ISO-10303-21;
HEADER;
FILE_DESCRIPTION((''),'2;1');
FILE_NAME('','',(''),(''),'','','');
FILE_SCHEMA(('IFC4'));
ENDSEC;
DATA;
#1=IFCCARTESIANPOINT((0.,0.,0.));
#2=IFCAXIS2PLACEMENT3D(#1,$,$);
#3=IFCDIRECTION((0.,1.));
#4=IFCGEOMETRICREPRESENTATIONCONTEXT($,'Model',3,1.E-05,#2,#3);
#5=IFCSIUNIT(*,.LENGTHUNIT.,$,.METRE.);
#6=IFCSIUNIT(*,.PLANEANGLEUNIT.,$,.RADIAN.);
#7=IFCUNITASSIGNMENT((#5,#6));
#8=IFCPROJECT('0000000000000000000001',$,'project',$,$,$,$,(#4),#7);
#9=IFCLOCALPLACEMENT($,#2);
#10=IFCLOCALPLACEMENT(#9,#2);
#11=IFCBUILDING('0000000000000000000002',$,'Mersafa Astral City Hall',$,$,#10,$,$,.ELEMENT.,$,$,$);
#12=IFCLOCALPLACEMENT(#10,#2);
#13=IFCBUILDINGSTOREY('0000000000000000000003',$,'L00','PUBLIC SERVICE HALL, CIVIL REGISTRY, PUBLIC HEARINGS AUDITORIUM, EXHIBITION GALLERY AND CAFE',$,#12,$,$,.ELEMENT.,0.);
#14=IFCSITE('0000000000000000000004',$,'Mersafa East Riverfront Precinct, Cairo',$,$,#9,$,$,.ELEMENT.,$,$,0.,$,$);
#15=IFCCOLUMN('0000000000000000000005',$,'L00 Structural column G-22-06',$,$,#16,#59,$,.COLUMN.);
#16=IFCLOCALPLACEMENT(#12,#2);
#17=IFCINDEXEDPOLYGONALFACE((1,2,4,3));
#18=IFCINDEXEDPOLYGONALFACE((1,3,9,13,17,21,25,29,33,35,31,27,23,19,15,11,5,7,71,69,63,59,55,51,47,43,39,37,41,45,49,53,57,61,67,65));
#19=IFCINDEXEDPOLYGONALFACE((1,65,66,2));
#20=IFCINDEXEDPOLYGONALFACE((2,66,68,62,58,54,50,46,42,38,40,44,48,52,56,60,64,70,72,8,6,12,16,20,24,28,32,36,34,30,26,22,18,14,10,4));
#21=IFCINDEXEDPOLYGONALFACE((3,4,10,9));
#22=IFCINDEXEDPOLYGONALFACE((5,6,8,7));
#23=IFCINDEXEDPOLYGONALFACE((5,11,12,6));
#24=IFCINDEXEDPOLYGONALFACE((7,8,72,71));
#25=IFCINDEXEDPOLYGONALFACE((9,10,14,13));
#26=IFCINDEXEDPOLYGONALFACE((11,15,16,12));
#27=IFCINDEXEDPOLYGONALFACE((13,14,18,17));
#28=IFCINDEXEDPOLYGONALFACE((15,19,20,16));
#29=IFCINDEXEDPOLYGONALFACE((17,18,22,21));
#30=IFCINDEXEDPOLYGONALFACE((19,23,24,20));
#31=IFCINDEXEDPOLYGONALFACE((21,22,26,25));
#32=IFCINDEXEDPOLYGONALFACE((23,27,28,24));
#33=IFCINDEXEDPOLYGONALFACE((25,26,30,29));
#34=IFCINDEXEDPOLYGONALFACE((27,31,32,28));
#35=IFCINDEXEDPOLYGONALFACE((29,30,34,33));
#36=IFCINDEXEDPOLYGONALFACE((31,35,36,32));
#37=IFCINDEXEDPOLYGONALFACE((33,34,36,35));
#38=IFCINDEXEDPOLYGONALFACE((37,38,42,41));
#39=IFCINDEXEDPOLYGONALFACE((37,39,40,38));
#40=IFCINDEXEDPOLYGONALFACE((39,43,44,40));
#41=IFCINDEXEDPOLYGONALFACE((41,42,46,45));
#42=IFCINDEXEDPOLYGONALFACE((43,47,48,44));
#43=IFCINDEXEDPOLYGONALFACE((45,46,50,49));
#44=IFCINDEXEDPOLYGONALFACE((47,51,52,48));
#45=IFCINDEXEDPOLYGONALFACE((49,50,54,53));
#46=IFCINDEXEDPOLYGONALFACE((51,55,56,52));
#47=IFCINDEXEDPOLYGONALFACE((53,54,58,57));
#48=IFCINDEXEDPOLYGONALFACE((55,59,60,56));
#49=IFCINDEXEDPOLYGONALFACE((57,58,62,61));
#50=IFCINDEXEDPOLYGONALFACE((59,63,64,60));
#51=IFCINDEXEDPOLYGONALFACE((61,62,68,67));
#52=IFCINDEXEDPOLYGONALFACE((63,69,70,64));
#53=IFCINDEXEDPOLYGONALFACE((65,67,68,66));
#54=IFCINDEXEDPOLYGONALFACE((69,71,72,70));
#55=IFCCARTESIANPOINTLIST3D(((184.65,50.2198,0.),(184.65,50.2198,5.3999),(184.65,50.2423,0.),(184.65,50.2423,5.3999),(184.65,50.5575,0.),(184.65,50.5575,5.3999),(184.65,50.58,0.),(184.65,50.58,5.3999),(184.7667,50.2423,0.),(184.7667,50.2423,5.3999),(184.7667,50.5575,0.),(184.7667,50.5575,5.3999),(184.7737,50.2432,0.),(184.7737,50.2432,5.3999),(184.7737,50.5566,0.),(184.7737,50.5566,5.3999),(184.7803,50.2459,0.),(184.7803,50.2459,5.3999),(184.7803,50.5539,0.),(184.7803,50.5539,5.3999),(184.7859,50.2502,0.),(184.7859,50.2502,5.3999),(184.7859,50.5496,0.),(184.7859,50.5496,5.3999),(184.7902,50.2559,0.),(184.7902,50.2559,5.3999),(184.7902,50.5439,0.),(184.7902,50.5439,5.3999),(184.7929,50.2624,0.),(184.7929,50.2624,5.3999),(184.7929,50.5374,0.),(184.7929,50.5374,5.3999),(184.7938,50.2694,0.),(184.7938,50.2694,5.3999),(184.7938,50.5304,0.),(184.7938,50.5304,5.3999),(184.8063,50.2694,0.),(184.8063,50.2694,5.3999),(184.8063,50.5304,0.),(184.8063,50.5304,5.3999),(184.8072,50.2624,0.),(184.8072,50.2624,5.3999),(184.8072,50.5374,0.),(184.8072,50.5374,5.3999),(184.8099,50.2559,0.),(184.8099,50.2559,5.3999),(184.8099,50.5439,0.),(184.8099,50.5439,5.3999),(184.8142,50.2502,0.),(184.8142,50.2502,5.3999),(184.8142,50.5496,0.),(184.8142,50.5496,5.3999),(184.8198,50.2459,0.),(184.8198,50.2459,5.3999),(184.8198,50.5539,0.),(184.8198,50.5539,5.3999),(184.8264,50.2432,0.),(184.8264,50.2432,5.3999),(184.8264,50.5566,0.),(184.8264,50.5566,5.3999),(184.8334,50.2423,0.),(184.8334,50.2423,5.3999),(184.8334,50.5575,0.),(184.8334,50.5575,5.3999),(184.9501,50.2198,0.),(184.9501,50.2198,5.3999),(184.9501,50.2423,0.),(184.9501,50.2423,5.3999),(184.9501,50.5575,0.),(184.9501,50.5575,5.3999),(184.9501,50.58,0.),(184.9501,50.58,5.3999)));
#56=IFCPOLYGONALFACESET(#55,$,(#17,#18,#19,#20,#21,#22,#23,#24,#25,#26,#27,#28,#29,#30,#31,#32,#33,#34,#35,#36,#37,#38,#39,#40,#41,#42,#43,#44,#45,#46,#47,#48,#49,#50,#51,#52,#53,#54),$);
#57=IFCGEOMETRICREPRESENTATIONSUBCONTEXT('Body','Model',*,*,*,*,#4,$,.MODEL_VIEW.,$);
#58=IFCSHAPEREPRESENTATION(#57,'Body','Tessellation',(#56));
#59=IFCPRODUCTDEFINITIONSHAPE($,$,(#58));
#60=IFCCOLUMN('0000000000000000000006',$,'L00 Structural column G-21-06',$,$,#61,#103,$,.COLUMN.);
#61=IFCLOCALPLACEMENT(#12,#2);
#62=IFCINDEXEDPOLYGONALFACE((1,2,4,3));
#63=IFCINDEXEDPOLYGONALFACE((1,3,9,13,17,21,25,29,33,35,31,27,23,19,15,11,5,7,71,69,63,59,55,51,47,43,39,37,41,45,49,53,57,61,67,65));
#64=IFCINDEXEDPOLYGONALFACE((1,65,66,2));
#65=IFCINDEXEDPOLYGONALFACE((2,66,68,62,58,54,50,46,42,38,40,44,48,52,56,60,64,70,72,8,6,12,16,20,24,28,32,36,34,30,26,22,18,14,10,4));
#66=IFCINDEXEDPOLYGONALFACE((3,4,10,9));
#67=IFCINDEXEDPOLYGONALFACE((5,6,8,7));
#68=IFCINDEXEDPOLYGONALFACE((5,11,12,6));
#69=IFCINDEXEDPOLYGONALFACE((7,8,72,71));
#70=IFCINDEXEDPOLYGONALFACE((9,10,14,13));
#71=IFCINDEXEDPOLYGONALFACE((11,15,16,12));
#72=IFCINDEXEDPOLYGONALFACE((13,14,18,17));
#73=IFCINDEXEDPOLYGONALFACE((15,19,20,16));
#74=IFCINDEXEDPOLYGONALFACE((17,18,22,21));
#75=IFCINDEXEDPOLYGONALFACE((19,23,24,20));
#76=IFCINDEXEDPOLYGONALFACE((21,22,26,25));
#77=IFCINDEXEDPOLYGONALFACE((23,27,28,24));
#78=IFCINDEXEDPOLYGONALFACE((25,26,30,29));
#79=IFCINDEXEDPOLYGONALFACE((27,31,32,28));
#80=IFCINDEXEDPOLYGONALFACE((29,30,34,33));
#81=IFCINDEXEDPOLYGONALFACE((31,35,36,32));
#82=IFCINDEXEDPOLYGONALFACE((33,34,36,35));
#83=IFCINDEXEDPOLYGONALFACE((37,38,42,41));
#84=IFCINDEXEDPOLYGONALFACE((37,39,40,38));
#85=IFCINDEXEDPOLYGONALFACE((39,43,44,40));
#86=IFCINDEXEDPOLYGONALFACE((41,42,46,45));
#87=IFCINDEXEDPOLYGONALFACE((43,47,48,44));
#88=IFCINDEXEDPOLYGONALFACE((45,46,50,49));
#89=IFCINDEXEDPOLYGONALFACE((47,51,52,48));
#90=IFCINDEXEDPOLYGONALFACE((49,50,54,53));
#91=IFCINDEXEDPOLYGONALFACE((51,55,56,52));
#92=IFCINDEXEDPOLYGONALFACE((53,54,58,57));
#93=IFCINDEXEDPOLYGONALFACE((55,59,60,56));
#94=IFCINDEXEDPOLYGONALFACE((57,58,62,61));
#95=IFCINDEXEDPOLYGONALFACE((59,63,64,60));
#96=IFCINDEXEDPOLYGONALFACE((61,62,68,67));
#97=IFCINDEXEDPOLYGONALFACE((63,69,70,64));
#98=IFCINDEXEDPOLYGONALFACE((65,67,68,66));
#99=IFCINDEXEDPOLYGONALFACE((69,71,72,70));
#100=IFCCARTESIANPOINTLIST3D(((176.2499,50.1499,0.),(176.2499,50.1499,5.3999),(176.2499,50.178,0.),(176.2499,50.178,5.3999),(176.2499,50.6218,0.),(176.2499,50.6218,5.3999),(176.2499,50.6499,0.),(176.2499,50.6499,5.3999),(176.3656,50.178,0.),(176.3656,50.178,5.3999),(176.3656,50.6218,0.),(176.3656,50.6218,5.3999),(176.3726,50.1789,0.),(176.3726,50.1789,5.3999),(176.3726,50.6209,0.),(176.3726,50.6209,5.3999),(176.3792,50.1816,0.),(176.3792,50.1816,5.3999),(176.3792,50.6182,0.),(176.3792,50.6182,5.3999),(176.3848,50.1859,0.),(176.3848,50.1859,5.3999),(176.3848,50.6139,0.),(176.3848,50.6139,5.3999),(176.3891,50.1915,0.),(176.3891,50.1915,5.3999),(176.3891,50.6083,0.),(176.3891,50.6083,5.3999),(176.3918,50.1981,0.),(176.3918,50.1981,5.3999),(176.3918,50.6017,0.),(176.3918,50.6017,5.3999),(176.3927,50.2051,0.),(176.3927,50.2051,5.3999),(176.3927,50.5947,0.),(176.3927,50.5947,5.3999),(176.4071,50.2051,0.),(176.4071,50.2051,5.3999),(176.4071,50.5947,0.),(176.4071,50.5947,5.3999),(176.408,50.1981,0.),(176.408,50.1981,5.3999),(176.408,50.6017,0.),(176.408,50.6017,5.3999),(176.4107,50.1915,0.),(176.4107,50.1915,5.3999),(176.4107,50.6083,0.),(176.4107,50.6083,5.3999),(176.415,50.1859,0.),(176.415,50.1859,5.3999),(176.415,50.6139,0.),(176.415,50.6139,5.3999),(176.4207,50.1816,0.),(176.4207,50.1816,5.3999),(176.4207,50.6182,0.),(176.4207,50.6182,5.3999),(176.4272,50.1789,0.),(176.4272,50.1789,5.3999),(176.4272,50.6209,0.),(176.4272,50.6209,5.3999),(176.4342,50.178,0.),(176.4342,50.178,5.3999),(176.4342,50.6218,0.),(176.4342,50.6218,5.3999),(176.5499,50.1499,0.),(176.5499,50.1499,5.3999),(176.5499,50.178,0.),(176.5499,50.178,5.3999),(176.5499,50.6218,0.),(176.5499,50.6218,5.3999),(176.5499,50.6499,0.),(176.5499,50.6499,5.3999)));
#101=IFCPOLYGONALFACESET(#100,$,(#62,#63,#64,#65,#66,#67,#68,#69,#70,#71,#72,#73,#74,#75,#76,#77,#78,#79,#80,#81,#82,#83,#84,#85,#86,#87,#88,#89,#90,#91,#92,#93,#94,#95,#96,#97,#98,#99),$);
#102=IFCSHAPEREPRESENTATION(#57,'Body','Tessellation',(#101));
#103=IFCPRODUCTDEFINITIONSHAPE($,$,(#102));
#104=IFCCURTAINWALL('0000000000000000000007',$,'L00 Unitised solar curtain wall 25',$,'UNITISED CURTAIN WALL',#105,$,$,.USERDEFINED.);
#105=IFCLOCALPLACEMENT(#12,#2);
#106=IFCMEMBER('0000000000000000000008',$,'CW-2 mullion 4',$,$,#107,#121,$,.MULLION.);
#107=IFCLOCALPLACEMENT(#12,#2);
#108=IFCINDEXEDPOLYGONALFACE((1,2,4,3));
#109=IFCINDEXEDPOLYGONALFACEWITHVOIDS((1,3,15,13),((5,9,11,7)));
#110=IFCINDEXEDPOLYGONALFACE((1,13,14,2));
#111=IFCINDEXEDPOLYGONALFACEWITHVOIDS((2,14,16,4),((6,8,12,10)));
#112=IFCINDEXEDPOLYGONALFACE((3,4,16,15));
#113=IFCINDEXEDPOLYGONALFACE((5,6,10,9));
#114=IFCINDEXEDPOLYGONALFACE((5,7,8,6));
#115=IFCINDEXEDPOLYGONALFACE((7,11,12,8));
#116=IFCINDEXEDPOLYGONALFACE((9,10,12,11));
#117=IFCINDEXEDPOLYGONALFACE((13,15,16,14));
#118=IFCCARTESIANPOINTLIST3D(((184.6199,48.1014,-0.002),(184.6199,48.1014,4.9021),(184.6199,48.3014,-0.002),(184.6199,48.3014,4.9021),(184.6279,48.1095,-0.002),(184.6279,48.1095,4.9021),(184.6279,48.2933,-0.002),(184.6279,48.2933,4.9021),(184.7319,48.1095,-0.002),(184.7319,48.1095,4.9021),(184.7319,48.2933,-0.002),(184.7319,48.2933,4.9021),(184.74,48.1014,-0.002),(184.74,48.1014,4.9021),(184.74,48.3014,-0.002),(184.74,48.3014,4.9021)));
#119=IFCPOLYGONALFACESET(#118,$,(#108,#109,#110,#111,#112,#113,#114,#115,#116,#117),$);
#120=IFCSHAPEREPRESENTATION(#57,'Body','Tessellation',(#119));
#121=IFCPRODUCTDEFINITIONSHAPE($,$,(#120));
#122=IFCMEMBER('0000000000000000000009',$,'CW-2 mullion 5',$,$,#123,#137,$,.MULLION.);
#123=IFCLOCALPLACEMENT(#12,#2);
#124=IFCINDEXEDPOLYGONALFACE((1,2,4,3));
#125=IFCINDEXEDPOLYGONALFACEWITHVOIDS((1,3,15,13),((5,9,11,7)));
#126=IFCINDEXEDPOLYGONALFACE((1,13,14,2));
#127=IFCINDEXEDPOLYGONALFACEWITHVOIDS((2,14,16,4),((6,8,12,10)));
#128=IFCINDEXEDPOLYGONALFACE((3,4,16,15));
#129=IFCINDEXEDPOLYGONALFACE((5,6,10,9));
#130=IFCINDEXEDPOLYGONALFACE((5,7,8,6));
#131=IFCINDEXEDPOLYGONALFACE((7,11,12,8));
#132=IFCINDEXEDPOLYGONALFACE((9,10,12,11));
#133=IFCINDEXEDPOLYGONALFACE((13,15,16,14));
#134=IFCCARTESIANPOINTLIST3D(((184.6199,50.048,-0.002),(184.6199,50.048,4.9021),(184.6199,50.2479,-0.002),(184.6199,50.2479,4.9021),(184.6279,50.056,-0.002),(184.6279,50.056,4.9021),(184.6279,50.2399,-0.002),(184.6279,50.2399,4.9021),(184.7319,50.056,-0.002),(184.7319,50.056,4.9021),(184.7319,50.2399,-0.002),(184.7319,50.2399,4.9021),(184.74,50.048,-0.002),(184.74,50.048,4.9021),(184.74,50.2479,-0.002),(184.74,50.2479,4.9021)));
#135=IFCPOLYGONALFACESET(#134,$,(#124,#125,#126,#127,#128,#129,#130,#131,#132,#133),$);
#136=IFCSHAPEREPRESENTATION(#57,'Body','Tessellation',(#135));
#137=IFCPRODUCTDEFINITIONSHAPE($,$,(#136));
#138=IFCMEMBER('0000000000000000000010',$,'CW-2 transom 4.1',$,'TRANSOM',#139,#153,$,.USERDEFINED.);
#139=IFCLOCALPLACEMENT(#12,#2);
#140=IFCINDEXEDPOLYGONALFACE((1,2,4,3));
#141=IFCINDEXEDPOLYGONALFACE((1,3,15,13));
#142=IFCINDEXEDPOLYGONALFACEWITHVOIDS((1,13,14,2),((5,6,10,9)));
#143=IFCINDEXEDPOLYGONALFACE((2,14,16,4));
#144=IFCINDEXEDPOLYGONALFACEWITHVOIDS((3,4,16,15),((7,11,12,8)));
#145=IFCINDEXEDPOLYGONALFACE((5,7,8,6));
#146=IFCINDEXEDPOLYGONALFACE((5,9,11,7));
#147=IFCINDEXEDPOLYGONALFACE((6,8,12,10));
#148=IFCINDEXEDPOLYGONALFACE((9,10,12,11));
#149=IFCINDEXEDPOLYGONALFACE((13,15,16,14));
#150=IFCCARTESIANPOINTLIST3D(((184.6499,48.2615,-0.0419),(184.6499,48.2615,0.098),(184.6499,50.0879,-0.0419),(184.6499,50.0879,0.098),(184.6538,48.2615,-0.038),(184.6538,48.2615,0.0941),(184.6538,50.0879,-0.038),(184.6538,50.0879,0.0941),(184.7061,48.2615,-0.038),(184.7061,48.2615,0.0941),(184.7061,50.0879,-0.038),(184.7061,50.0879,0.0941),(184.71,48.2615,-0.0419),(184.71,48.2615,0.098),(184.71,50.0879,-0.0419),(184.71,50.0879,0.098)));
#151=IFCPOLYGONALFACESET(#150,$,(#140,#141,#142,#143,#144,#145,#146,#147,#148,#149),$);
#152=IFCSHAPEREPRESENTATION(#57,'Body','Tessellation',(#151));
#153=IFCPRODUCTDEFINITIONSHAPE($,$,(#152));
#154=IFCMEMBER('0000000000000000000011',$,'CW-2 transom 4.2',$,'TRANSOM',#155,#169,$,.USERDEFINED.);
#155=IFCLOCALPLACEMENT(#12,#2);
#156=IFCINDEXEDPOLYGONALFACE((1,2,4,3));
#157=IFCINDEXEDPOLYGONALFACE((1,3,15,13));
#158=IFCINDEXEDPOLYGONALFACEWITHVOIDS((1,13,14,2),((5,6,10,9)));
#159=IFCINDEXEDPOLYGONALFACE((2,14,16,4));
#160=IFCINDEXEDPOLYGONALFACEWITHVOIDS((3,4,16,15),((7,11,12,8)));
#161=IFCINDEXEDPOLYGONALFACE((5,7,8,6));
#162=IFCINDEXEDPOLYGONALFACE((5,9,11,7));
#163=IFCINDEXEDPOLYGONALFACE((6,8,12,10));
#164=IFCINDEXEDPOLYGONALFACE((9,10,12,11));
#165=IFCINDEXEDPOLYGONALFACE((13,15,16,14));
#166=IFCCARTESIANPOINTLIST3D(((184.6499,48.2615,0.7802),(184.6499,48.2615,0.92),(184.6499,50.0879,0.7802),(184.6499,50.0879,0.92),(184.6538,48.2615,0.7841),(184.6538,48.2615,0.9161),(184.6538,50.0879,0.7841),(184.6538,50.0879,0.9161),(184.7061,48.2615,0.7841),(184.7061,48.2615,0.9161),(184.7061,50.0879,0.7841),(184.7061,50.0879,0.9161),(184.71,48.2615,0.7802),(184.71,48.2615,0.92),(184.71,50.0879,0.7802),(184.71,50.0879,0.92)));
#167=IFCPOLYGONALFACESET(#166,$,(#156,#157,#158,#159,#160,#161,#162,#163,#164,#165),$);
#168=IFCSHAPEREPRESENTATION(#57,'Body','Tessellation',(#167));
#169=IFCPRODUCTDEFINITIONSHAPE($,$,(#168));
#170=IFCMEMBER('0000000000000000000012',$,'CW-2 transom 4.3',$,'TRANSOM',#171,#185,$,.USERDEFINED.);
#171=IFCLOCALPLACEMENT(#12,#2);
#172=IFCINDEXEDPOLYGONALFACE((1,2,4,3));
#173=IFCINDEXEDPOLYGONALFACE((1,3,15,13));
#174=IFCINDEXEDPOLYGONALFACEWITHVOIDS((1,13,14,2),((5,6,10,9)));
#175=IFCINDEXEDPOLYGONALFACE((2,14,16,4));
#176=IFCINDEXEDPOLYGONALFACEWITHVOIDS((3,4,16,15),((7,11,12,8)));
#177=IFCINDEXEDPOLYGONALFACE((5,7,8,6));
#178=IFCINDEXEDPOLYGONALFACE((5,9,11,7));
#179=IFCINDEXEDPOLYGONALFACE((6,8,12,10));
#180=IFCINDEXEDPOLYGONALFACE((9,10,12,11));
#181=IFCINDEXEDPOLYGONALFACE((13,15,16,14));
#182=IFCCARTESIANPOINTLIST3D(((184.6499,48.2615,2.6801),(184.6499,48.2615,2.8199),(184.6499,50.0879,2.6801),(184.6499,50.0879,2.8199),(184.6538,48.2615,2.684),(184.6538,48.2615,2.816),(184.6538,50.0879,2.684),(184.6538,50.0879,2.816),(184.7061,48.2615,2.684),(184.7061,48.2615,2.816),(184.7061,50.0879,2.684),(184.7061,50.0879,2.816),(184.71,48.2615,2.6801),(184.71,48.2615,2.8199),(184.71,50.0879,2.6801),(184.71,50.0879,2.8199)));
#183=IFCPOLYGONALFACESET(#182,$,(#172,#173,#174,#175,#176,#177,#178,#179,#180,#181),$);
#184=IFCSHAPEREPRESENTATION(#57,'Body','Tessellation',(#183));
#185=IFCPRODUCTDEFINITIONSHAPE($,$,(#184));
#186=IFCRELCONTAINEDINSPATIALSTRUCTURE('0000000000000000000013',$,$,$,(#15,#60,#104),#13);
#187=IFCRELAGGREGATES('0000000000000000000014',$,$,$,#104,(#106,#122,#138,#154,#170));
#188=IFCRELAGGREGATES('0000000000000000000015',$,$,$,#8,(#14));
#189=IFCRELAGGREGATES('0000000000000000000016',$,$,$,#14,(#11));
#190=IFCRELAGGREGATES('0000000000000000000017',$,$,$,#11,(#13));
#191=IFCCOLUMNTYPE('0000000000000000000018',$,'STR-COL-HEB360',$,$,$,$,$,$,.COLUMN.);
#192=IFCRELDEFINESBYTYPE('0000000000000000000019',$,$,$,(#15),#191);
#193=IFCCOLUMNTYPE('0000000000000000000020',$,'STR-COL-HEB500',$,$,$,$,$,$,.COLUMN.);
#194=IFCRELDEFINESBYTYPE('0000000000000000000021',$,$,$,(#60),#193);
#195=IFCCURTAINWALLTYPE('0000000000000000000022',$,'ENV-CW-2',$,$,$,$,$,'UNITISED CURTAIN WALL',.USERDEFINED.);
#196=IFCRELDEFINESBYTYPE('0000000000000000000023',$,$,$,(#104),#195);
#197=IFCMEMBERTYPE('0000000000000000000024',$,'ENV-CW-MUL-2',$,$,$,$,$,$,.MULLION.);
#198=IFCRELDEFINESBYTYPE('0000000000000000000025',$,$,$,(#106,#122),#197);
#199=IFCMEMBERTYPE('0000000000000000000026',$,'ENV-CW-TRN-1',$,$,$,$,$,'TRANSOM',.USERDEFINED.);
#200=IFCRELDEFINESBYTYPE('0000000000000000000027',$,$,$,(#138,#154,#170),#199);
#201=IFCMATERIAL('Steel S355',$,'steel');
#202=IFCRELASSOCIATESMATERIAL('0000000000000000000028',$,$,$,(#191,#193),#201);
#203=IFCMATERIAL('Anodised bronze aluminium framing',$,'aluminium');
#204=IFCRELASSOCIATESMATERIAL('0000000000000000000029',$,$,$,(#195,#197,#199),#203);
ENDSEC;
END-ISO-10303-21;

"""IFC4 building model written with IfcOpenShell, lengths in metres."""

from ifc_helpers import new_model, si_unit, direction, frame, origin, origin_2d, place, context, subcontext, project, spatial, hollow_rectangle, i_section, extrude, material, material_profile, profile_set, type_object, element, aggregate, save


model = new_model("IFC4")

# Units and contexts
model_context = context("Model", 3, precision=1e-05, world=origin(), true_north=direction((0.0, 1.0)))
body_context = subcontext(model_context, "Body", "Model", "MODEL_VIEW")
ifc_project = project(units=[si_unit("LENGTHUNIT", "METRE"), si_unit("PLANEANGLEUNIT", "RADIAN")], contexts=[model_context])

# Site, building, storey
site_placement = place(None, origin())
site = spatial("IfcSite", under=ifc_project, at=site_placement, Name="Mersafa East Riverfront Precinct, Cairo", CompositionType="ELEMENT", RefElevation=0.0)
building_placement = place(site_placement, origin())
building = spatial("IfcBuilding", under=site, at=building_placement, Name="Mersafa Astral City Hall", CompositionType="ELEMENT")
storey_placement = place(building_placement, origin())
storey = spatial("IfcBuildingStorey", under=building, at=storey_placement, Name="L00", Description="PUBLIC SERVICE HALL, CIVIL REGISTRY, PUBLIC HEARINGS AUDITORIUM, EXHIBITION GALLERY AND CAFE", CompositionType="ELEMENT", Elevation=0.0)

# Columns
ifc_material_1 = material(Name="Steel S355", Category="steel")
ifc_material_profile_1 = material_profile(ifc_material_1, i_section(OverallWidth=0.3, OverallDepth=0.3601, WebThickness=0.0125, FlangeThickness=0.0225, FilletRadius=0.0271, at=origin_2d()), Name="HEB 360")
ifc_profile_set_1 = profile_set([ifc_material_profile_1], Name="Steel S355")
column_type_1 = type_object("IfcColumnType", Name="STR-COL-HEB360", PredefinedType="COLUMN", material=ifc_profile_set_1)
column_1_placement = place(storey_placement, frame((184.8, 50.3999, 0.0), z_axis=(0.0, 0.0, 1.0), x_axis=(1.0, 0.0, 0.0)))
element("IfcColumn", 1, at=column_1_placement, inside=storey, type_object=column_type_1, Name="L00 Structural column G-22-06", PredefinedType="COLUMN", context=body_context, shape_type="SweptSolid", body=[
    extrude(i_section(OverallWidth=0.3, OverallDepth=0.3601, WebThickness=0.0125, FlangeThickness=0.0225, FilletRadius=0.0271, at=origin_2d()), origin(), (0.0, 0.0, 1.0), 5.3999),
])
ifc_material_profile_2 = material_profile(ifc_material_1, i_section(OverallWidth=0.3, OverallDepth=0.5, WebThickness=0.0144, FlangeThickness=0.0281, FilletRadius=0.0271, at=origin_2d()), Name="HEB 500")
ifc_profile_set_2 = profile_set([ifc_material_profile_2], Name="Steel S355")
column_type_2 = type_object("IfcColumnType", Name="STR-COL-HEB500", PredefinedType="COLUMN", material=ifc_profile_set_2)
column_2_placement = place(storey_placement, frame((176.3999, 50.3999, 0.0), z_axis=(0.0, 0.0, 1.0), x_axis=(1.0, 0.0, 0.0)))
element("IfcColumn", 2, at=column_2_placement, inside=storey, type_object=column_type_2, Name="L00 Structural column G-21-06", PredefinedType="COLUMN", context=body_context, shape_type="SweptSolid", body=[
    extrude(i_section(OverallWidth=0.3, OverallDepth=0.5, WebThickness=0.0144, FlangeThickness=0.0281, FilletRadius=0.0271, at=origin_2d()), origin(), (0.0, 0.0, 1.0), 5.3999),
])

# Curtain wall, members
ifc_material_2 = material(Name="Anodised bronze aluminium framing", Category="aluminium")
curtain_wall_type = type_object("IfcCurtainWallType", Name="ENV-CW-2", ElementType="UNITISED CURTAIN WALL", PredefinedType="USERDEFINED", material=ifc_material_2)
curtain_wall_placement = place(storey_placement, origin())
curtain_wall = element("IfcCurtainWall", 3, at=curtain_wall_placement, inside=storey, type_object=curtain_wall_type, Name="L00 Unitised solar curtain wall 25", ObjectType="UNITISED CURTAIN WALL", PredefinedType="USERDEFINED")
ifc_material_profile_3 = material_profile(ifc_material_2, hollow_rectangle(XDim=0.1201, YDim=0.2, WallThickness=0.0081, at=origin_2d()), Name="RHS 120x200x8")
ifc_profile_set_3 = profile_set([ifc_material_profile_3], Name="Anodised bronze aluminium framing")
member_type_1 = type_object("IfcMemberType", Name="ENV-CW-MUL-2", PredefinedType="MULLION", material=ifc_profile_set_3)
member_1_placement = place(storey_placement, frame((184.6799, 48.2014, -0.002), z_axis=(0.0, 0.0, 1.0), x_axis=(-1.0, 0.0, 0.0)))
member_1 = element("IfcMember", 4, at=member_1_placement, type_object=member_type_1, Name="CW-2 mullion 4", PredefinedType="MULLION", context=body_context, shape_type="SweptSolid", body=[
    extrude(hollow_rectangle(XDim=0.1201, YDim=0.2, WallThickness=0.0081, at=origin_2d()), origin(), (0.0, 0.0, 1.0), 4.9041),
])
member_2_placement = place(storey_placement, frame((184.6799, 50.1479, -0.002), z_axis=(0.0, 0.0, 1.0), x_axis=(-1.0, 0.0, 0.0)))
member_2 = element("IfcMember", 5, at=member_2_placement, type_object=member_type_1, Name="CW-2 mullion 5", PredefinedType="MULLION", context=body_context, shape_type="SweptSolid", body=[
    extrude(hollow_rectangle(XDim=0.1201, YDim=0.2, WallThickness=0.0081, at=origin_2d()), origin(), (0.0, 0.0, 1.0), 4.9041),
])
ifc_material_profile_4 = material_profile(ifc_material_2, hollow_rectangle(XDim=0.0601, YDim=0.1399, WallThickness=0.0039, at=origin_2d()), Name="RHS 60x140x4")
ifc_profile_set_4 = profile_set([ifc_material_profile_4], Name="Anodised bronze aluminium framing")
member_type_2 = type_object("IfcMemberType", Name="ENV-CW-TRN-1", ElementType="TRANSOM", PredefinedType="USERDEFINED", material=ifc_profile_set_4)
member_3_placement = place(storey_placement, frame((184.6799, 48.2615, 0.0281), z_axis=(0.0, 1.0, 0.0), x_axis=(-1.0, 0.0, 0.0)))
member_3 = element("IfcMember", 6, at=member_3_placement, type_object=member_type_2, Name="CW-2 transom 4.1", ObjectType="TRANSOM", PredefinedType="USERDEFINED", context=body_context, shape_type="SweptSolid", body=[
    extrude(hollow_rectangle(XDim=0.0601, YDim=0.1399, WallThickness=0.0039, at=origin_2d()), origin(), (0.0, 0.0, 1.0), 1.8264),
])
member_4_placement = place(storey_placement, frame((184.6799, 48.2615, 0.8501), z_axis=(0.0, 1.0, 0.0), x_axis=(-1.0, 0.0, 0.0)))
member_4 = element("IfcMember", 7, at=member_4_placement, type_object=member_type_2, Name="CW-2 transom 4.2", ObjectType="TRANSOM", PredefinedType="USERDEFINED", context=body_context, shape_type="SweptSolid", body=[
    extrude(hollow_rectangle(XDim=0.0601, YDim=0.1399, WallThickness=0.0039, at=origin_2d()), origin(), (0.0, 0.0, 1.0), 1.8264),
])
member_5_placement = place(storey_placement, frame((184.6799, 48.2615, 2.75), z_axis=(0.0, 1.0, 0.0), x_axis=(-1.0, 0.0, 0.0)))
member_5 = element("IfcMember", 8, at=member_5_placement, type_object=member_type_2, Name="CW-2 transom 4.3", ObjectType="TRANSOM", PredefinedType="USERDEFINED", context=body_context, shape_type="SweptSolid", body=[
    extrude(hollow_rectangle(XDim=0.0601, YDim=0.1399, WallThickness=0.0039, at=origin_2d()), origin(), (0.0, 0.0, 1.0), 1.8264),
])

aggregate(curtain_wall, [member_1, member_2, member_3, member_4, member_5])

save(model, "model.ifc")
